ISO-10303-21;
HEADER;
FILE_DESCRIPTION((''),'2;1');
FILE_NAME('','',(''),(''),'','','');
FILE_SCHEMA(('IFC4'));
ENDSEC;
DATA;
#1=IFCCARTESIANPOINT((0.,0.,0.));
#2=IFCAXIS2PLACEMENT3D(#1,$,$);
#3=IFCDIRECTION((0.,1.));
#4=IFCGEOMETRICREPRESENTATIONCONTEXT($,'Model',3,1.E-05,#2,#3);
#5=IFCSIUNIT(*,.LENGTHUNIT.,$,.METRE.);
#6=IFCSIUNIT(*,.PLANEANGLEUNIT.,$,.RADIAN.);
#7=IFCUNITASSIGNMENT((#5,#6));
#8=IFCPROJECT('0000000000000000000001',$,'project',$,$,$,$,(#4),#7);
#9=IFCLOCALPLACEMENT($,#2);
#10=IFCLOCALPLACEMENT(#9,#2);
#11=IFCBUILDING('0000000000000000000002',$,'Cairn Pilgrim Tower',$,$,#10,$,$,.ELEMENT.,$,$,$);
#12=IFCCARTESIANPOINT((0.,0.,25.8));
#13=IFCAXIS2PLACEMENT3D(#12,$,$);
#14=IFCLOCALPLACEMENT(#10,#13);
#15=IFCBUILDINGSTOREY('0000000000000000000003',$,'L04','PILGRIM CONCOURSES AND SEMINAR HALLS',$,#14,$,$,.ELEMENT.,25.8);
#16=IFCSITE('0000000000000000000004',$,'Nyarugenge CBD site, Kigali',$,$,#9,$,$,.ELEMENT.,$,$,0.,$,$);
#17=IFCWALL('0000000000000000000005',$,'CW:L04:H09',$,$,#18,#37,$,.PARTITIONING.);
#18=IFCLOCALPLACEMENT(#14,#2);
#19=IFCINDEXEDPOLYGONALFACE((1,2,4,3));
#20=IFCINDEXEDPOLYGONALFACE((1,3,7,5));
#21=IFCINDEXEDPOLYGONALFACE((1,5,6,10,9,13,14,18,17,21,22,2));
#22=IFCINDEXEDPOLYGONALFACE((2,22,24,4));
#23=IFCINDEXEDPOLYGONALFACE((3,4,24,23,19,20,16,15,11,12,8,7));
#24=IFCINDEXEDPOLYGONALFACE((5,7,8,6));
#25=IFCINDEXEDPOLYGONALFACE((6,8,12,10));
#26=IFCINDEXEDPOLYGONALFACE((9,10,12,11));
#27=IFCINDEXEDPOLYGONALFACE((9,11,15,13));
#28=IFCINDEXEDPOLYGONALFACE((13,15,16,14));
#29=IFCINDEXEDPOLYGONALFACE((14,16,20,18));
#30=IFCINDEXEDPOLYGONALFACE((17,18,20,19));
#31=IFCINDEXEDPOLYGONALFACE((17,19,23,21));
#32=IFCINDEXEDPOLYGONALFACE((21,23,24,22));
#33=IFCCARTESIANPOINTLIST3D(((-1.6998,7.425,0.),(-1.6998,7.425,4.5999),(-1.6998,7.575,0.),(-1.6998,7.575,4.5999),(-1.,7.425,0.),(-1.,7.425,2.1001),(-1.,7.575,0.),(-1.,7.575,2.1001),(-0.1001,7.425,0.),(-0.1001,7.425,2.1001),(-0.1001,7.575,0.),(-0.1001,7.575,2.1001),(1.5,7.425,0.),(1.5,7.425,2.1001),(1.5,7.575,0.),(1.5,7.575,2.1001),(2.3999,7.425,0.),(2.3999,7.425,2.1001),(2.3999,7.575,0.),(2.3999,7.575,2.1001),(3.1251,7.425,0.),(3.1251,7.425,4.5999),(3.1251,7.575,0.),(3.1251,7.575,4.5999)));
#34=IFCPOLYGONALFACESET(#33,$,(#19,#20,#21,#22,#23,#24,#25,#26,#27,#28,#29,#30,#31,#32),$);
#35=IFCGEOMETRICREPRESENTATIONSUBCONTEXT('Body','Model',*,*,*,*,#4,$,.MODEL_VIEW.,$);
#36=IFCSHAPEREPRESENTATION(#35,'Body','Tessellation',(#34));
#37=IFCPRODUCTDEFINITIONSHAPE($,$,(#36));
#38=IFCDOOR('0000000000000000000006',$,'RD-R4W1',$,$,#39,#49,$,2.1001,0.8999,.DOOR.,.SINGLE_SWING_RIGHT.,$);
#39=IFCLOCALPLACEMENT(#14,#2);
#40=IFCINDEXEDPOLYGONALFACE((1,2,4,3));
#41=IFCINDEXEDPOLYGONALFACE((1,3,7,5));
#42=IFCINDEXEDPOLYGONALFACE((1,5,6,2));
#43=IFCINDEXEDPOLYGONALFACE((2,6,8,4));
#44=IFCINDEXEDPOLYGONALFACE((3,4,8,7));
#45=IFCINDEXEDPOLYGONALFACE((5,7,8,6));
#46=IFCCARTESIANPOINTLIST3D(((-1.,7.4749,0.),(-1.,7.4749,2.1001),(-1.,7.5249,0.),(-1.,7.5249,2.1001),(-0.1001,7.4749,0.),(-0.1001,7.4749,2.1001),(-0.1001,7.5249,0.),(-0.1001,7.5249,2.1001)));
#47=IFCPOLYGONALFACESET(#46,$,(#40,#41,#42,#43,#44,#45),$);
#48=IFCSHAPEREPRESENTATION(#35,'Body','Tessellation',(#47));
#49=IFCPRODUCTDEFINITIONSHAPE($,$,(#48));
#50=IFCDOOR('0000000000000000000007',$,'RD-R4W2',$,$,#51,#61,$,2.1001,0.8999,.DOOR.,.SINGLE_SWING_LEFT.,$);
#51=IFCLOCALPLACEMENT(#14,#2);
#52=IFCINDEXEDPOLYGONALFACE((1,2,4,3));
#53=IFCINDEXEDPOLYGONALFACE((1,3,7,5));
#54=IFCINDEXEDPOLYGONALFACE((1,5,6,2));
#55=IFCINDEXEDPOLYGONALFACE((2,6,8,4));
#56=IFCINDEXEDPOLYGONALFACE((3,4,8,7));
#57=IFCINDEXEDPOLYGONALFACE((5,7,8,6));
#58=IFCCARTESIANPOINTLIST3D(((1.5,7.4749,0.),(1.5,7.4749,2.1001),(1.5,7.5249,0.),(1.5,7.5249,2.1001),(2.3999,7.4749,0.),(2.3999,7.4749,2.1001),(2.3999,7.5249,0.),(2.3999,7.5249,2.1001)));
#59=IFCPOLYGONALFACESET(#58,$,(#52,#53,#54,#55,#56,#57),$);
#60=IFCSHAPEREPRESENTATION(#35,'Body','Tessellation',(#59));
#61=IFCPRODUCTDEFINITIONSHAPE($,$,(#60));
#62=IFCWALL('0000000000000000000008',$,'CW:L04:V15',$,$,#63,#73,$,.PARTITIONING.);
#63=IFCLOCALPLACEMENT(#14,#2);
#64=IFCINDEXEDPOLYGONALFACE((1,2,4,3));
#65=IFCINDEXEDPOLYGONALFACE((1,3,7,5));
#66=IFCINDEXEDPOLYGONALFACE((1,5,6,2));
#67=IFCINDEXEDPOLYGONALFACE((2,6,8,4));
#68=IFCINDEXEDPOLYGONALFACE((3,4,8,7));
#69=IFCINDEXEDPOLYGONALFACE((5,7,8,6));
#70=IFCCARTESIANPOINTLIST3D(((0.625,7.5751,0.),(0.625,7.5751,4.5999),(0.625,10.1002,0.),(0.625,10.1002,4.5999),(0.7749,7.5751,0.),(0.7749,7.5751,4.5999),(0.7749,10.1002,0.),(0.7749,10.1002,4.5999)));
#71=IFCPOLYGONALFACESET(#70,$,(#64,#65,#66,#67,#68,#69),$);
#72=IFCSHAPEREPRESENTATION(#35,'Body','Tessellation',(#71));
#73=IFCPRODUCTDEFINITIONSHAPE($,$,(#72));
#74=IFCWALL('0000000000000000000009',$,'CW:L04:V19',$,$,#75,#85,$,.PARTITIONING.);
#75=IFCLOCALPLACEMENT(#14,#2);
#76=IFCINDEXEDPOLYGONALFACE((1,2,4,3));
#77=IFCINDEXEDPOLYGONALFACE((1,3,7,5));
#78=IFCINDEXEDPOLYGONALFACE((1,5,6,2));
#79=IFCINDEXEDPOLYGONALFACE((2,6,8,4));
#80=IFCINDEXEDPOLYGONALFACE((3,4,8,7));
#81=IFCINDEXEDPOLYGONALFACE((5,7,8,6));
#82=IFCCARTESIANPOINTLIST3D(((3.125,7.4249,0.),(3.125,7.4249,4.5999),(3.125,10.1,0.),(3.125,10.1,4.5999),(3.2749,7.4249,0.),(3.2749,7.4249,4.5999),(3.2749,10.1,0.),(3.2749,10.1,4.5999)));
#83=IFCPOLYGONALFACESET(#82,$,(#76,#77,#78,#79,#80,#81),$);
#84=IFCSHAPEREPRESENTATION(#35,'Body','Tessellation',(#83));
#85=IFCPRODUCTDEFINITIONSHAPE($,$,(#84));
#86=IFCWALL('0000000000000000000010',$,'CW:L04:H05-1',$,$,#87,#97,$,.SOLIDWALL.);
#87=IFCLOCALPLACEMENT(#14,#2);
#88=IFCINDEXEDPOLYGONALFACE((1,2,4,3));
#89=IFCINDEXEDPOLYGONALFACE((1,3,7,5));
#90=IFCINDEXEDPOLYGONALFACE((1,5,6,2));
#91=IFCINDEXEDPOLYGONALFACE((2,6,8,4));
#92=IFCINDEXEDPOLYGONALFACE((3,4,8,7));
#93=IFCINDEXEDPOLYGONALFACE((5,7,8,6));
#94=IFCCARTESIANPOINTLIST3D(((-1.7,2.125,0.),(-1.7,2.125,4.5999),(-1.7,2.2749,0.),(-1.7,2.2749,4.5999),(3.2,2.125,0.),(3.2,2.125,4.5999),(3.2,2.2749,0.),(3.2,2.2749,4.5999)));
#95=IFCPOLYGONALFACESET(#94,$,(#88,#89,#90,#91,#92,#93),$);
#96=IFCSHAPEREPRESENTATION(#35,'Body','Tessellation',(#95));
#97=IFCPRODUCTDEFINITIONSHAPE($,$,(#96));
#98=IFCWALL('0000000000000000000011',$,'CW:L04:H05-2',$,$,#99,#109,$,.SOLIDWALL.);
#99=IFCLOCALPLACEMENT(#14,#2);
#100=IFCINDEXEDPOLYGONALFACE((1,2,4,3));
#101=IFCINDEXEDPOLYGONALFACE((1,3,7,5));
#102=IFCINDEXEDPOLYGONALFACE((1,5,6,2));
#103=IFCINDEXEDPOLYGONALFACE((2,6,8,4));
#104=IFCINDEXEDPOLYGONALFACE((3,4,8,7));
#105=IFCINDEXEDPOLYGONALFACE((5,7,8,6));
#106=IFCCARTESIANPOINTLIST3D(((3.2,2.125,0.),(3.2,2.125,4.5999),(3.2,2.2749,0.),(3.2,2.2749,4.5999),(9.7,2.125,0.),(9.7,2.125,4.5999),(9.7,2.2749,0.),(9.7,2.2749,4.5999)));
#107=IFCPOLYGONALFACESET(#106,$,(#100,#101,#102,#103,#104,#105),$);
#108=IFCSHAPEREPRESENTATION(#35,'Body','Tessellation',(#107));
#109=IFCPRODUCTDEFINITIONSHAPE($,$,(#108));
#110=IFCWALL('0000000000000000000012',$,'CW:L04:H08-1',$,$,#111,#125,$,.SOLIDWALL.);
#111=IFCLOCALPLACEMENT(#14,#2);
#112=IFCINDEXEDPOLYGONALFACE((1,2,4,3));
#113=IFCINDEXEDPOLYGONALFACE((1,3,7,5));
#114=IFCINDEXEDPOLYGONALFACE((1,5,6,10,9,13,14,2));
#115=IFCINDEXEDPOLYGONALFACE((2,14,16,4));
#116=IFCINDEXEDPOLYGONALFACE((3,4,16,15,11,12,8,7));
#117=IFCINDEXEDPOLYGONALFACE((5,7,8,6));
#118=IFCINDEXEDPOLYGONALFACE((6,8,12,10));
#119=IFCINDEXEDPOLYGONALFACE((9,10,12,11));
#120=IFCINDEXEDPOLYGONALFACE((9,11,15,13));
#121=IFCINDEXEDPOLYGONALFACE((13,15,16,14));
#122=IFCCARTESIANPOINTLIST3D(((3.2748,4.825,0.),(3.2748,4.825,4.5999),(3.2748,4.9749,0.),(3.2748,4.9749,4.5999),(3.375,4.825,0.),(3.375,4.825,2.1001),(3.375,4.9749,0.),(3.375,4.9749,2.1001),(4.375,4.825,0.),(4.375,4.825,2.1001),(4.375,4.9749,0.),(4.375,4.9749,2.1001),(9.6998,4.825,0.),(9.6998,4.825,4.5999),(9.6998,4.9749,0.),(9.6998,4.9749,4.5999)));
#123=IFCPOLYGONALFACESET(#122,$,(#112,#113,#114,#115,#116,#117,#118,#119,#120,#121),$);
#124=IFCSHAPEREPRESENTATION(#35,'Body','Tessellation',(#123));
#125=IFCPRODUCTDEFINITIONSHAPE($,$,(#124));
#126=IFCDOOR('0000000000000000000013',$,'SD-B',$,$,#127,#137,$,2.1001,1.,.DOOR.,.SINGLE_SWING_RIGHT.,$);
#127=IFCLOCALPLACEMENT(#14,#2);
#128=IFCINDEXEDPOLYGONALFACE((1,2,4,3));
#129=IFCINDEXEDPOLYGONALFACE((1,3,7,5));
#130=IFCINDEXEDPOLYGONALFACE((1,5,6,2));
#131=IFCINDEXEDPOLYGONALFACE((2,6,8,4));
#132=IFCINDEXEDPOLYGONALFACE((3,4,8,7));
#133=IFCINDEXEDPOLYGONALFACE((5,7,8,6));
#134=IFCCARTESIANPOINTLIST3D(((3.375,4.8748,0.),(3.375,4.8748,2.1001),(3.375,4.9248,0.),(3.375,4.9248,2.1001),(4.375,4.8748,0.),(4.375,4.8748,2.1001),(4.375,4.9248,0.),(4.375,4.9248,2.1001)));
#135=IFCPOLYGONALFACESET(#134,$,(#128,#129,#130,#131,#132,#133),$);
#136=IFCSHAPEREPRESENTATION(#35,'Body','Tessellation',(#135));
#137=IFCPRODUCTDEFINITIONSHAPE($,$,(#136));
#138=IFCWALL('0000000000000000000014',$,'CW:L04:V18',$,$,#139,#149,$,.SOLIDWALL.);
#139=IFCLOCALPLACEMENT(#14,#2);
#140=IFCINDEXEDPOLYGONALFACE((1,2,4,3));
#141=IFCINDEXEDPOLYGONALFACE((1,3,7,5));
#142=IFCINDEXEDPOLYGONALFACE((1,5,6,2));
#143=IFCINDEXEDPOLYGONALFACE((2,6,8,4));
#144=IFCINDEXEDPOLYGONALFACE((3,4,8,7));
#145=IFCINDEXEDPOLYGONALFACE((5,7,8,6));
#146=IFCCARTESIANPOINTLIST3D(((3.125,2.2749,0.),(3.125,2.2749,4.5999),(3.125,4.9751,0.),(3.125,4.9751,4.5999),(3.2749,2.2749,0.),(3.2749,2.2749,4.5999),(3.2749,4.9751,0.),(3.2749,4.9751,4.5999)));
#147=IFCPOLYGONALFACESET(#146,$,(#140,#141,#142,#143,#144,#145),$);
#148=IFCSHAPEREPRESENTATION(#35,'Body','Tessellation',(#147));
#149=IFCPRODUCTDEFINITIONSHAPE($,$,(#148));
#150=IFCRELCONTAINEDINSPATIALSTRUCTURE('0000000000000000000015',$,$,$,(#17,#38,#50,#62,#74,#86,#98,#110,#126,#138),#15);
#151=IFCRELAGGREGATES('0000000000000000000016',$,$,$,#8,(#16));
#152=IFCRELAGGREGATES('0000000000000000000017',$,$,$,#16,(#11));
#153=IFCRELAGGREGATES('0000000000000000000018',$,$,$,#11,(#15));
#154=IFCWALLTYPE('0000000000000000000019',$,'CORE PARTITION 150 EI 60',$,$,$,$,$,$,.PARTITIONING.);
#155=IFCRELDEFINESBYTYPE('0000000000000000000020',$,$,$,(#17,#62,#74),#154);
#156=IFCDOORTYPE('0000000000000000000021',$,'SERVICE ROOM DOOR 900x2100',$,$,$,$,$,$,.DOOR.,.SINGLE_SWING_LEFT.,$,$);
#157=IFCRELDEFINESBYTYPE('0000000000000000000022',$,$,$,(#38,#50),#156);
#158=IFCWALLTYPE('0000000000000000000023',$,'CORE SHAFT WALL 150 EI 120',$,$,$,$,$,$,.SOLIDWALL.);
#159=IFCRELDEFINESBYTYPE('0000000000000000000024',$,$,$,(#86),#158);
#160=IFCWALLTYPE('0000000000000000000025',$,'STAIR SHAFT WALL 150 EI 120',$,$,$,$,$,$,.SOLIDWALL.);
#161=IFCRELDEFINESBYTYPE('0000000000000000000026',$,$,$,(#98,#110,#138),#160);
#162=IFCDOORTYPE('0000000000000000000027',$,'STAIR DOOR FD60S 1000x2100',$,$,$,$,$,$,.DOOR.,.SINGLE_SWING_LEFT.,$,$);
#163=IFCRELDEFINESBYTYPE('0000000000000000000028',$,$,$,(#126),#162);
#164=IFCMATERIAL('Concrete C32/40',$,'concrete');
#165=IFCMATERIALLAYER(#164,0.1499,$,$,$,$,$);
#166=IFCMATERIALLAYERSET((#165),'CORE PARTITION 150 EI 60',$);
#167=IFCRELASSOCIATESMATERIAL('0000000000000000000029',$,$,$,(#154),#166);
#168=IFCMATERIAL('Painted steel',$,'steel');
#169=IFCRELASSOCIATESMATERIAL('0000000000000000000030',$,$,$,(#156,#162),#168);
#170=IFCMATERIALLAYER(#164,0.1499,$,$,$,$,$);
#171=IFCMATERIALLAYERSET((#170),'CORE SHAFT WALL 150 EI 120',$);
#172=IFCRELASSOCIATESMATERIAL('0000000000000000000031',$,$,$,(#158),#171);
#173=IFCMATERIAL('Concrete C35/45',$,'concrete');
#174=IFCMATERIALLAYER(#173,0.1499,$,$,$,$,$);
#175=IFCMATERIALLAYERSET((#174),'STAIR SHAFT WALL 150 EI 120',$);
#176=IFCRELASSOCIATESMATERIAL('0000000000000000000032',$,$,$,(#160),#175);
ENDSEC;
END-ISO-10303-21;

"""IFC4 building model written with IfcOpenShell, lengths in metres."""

from ifc_helpers import new_model, si_unit, direction, frame, frame_2d, origin, place, context, subcontext, project, spatial, rectangle, extrude, material, layer, layer_set, type_object, element, fill, save


model = new_model("IFC4")

# Units and contexts
model_context = context("Model", 3, precision=1e-05, world=origin(), true_north=direction((0.0, 1.0)))
body_context = subcontext(model_context, "Body", "Model", "MODEL_VIEW")
ifc_project = project(units=[si_unit("LENGTHUNIT", "METRE"), si_unit("PLANEANGLEUNIT", "RADIAN")], contexts=[model_context])

# Site, building, storey
site_placement = place(None, origin())
site = spatial("IfcSite", under=ifc_project, at=site_placement, Name="Nyarugenge CBD site, Kigali", CompositionType="ELEMENT", RefElevation=0.0)
building_placement = place(site_placement, origin())
building = spatial("IfcBuilding", under=site, at=building_placement, Name="Cairn Pilgrim Tower", CompositionType="ELEMENT")
storey_placement = place(building_placement, frame((0.0, 0.0, 25.8)))
storey = spatial("IfcBuildingStorey", under=building, at=storey_placement, Name="L04", Description="PILGRIM CONCOURSES AND SEMINAR HALLS", CompositionType="ELEMENT", Elevation=25.8)

# Shared definitions
ifc_material_1 = material(Name="Concrete C32/40", Category="concrete")

# Shared definitions
ifc_layer_1 = layer(ifc_material_1, 0.1499)
ifc_layer_set_1 = layer_set([ifc_layer_1], Name="CORE PARTITION 150 EI 60")
wall_type_1 = type_object("IfcWallType", Name="CORE PARTITION 150 EI 60", PredefinedType="PARTITIONING", material=ifc_layer_set_1)
ifc_material_2 = material(Name="Painted steel", Category="steel")
door_type_1 = type_object("IfcDoorType", Name="SERVICE ROOM DOOR 900x2100", OperationType="SINGLE_SWING_LEFT", PredefinedType="DOOR", material=ifc_material_2)

# Wall, openings, doors
wall_1_placement = place(storey_placement, frame((-1.7, 7.5, 0.0), z_axis=(0.0, 0.0, 1.0), x_axis=(1.0, 0.0, 0.0)))
wall_1 = element("IfcWall", 1, at=wall_1_placement, inside=storey, type_object=wall_type_1, Name="CW:L04:H09", PredefinedType="PARTITIONING", context=body_context, shape_type="SweptSolid", body=[
    extrude(rectangle(XDim=4.825, YDim=0.1499, at=frame_2d((2.4126, 0.0))), origin(), (0.0, 0.0, 1.0), 4.5999),
])
opening_1_placement = place(wall_1_placement, frame((0.7, 0.0, 0.0)))
opening_1 = element("IfcOpeningElement", 2, at=opening_1_placement, cuts=wall_1, PredefinedType="OPENING", context=body_context, shape_type="SweptSolid", body=[
    extrude(rectangle(XDim=0.8999, YDim=2.1001, at=frame_2d((0.45, 1.05))), frame((0.0, 0.085, 0.0), z_axis=(0.0, -1.0, 0.0), x_axis=(1.0, 0.0, 0.0)), (0.0, 0.0, 1.0), 0.1699),
])
opening_2_placement = place(wall_1_placement, frame((3.2, 0.0, 0.0)))
opening_2 = element("IfcOpeningElement", 3, at=opening_2_placement, cuts=wall_1, PredefinedType="OPENING", context=body_context, shape_type="SweptSolid", body=[
    extrude(rectangle(XDim=0.8999, YDim=2.1001, at=frame_2d((0.45, 1.05))), frame((0.0, 0.085, 0.0), z_axis=(0.0, -1.0, 0.0), x_axis=(1.0, 0.0, 0.0)), (0.0, 0.0, 1.0), 0.1699),
])
door_1_placement = place(opening_1_placement, origin())
door_1 = element("IfcDoor", 4, at=door_1_placement, inside=storey, type_object=door_type_1, Name="RD-R4W1", OperationType="SINGLE_SWING_RIGHT", OverallHeight=2.1001, OverallWidth=0.8999, PredefinedType="DOOR", context=body_context, shape_type="SweptSolid", body=[
    extrude(rectangle(XDim=0.8999, YDim=2.1001, at=frame_2d((0.45, 1.05))), frame((0.0, 0.0249, 0.0), z_axis=(0.0, -1.0, 0.0), x_axis=(1.0, 0.0, 0.0)), (0.0, 0.0, 1.0), 0.05),
])
fill(opening_1, door_1)
door_2_placement = place(opening_2_placement, origin())
door_2 = element("IfcDoor", 5, at=door_2_placement, inside=storey, type_object=door_type_1, Name="RD-R4W2", OperationType="SINGLE_SWING_LEFT", OverallHeight=2.1001, OverallWidth=0.8999, PredefinedType="DOOR", context=body_context, shape_type="SweptSolid", body=[
    extrude(rectangle(XDim=0.8999, YDim=2.1001, at=frame_2d((0.45, 1.05))), frame((0.0, 0.0249, 0.0), z_axis=(0.0, -1.0, 0.0), x_axis=(1.0, 0.0, 0.0)), (0.0, 0.0, 1.0), 0.05),
])
fill(opening_2, door_2)

# Walls
wall_2_placement = place(storey_placement, frame((0.7, 7.575, 0.0), z_axis=(0.0, 0.0, 1.0), x_axis=(0.0, 1.0, 0.0)))
element("IfcWall", 6, at=wall_2_placement, inside=storey, type_object=wall_type_1, Name="CW:L04:V15", PredefinedType="PARTITIONING", context=body_context, shape_type="SweptSolid", body=[
    extrude(rectangle(XDim=2.5251, YDim=0.1499, at=frame_2d((1.2627, 0.0))), origin(), (0.0, 0.0, 1.0), 4.5999),
])
wall_3_placement = place(storey_placement, frame((3.2, 7.425, 0.0), z_axis=(0.0, 0.0, 1.0), x_axis=(0.0, 1.0, 0.0)))
element("IfcWall", 7, at=wall_3_placement, inside=storey, type_object=wall_type_1, Name="CW:L04:V19", PredefinedType="PARTITIONING", context=body_context, shape_type="SweptSolid", body=[
    extrude(rectangle(XDim=2.675, YDim=0.1499, at=frame_2d((1.3374, 0.0))), origin(), (0.0, 0.0, 1.0), 4.5999),
])
ifc_layer_2 = layer(ifc_material_1, 0.1499)
ifc_layer_set_2 = layer_set([ifc_layer_2], Name="CORE SHAFT WALL 150 EI 120")
wall_type_2 = type_object("IfcWallType", Name="CORE SHAFT WALL 150 EI 120", PredefinedType="SOLIDWALL", material=ifc_layer_set_2)
wall_4_placement = place(storey_placement, frame((-1.7, 2.2, 0.0), z_axis=(0.0, 0.0, 1.0), x_axis=(1.0, 0.0, 0.0)))
element("IfcWall", 8, at=wall_4_placement, inside=storey, type_object=wall_type_2, Name="CW:L04:H05-1", PredefinedType="SOLIDWALL", context=body_context, shape_type="SweptSolid", body=[
    extrude(rectangle(XDim=4.8999, YDim=0.1499, at=frame_2d((2.45, 0.0))), origin(), (0.0, 0.0, 1.0), 4.5999),
])
ifc_material_3 = material(Name="Concrete C35/45", Category="concrete")
ifc_layer_3 = layer(ifc_material_3, 0.1499)
ifc_layer_set_3 = layer_set([ifc_layer_3], Name="STAIR SHAFT WALL 150 EI 120")
wall_type_3 = type_object("IfcWallType", Name="STAIR SHAFT WALL 150 EI 120", PredefinedType="SOLIDWALL", material=ifc_layer_set_3)
wall_5_placement = place(storey_placement, frame((3.2, 2.2, 0.0), z_axis=(0.0, 0.0, 1.0), x_axis=(1.0, 0.0, 0.0)))
element("IfcWall", 9, at=wall_5_placement, inside=storey, type_object=wall_type_3, Name="CW:L04:H05-2", PredefinedType="SOLIDWALL", context=body_context, shape_type="SweptSolid", body=[
    extrude(rectangle(XDim=6.5, YDim=0.1499, at=frame_2d((3.25, 0.0))), origin(), (0.0, 0.0, 1.0), 4.5999),
])

# Wall, opening, door
wall_6_placement = place(storey_placement, frame((3.2749, 4.8999, 0.0), z_axis=(0.0, 0.0, 1.0), x_axis=(1.0, 0.0, 0.0)))
wall_6 = element("IfcWall", 10, at=wall_6_placement, inside=storey, type_object=wall_type_3, Name="CW:L04:H08-1", PredefinedType="SOLIDWALL", context=body_context, shape_type="SweptSolid", body=[
    extrude(rectangle(XDim=6.425, YDim=0.1499, at=frame_2d((3.2124, 0.0))), origin(), (0.0, 0.0, 1.0), 4.5999),
])
opening_3_placement = place(wall_6_placement, frame((0.1001, 0.0, 0.0)))
opening_3 = element("IfcOpeningElement", 11, at=opening_3_placement, cuts=wall_6, PredefinedType="OPENING", context=body_context, shape_type="SweptSolid", body=[
    extrude(rectangle(XDim=1.0, YDim=2.1001, at=frame_2d((0.5, 1.05))), frame((0.0, 0.085, 0.0), z_axis=(0.0, -1.0, 0.0), x_axis=(1.0, 0.0, 0.0)), (0.0, 0.0, 1.0), 0.1699),
])
door_type_2 = type_object("IfcDoorType", Name="STAIR DOOR FD60S 1000x2100", OperationType="SINGLE_SWING_LEFT", PredefinedType="DOOR", material=ifc_material_2)
door_3_placement = place(opening_3_placement, origin())
door_3 = element("IfcDoor", 12, at=door_3_placement, inside=storey, type_object=door_type_2, Name="SD-B", OperationType="SINGLE_SWING_RIGHT", OverallHeight=2.1001, OverallWidth=1.0, PredefinedType="DOOR", context=body_context, shape_type="SweptSolid", body=[
    extrude(rectangle(XDim=1.0, YDim=2.1001, at=frame_2d((0.5, 1.05))), frame((0.0, 0.0249, 0.0), z_axis=(0.0, -1.0, 0.0), x_axis=(1.0, 0.0, 0.0)), (0.0, 0.0, 1.0), 0.05),
])
fill(opening_3, door_3)

# Wall
wall_7_placement = place(storey_placement, frame((3.2, 2.2749, 0.0), z_axis=(0.0, 0.0, 1.0), x_axis=(0.0, 1.0, 0.0)))
element("IfcWall", 13, at=wall_7_placement, inside=storey, type_object=wall_type_3, Name="CW:L04:V18", PredefinedType="SOLIDWALL", context=body_context, shape_type="SweptSolid", body=[
    extrude(rectangle(XDim=2.7002, YDim=0.1499, at=frame_2d((1.3501, 0.0))), origin(), (0.0, 0.0, 1.0), 4.5999),
])

save(model, "model.ifc")
